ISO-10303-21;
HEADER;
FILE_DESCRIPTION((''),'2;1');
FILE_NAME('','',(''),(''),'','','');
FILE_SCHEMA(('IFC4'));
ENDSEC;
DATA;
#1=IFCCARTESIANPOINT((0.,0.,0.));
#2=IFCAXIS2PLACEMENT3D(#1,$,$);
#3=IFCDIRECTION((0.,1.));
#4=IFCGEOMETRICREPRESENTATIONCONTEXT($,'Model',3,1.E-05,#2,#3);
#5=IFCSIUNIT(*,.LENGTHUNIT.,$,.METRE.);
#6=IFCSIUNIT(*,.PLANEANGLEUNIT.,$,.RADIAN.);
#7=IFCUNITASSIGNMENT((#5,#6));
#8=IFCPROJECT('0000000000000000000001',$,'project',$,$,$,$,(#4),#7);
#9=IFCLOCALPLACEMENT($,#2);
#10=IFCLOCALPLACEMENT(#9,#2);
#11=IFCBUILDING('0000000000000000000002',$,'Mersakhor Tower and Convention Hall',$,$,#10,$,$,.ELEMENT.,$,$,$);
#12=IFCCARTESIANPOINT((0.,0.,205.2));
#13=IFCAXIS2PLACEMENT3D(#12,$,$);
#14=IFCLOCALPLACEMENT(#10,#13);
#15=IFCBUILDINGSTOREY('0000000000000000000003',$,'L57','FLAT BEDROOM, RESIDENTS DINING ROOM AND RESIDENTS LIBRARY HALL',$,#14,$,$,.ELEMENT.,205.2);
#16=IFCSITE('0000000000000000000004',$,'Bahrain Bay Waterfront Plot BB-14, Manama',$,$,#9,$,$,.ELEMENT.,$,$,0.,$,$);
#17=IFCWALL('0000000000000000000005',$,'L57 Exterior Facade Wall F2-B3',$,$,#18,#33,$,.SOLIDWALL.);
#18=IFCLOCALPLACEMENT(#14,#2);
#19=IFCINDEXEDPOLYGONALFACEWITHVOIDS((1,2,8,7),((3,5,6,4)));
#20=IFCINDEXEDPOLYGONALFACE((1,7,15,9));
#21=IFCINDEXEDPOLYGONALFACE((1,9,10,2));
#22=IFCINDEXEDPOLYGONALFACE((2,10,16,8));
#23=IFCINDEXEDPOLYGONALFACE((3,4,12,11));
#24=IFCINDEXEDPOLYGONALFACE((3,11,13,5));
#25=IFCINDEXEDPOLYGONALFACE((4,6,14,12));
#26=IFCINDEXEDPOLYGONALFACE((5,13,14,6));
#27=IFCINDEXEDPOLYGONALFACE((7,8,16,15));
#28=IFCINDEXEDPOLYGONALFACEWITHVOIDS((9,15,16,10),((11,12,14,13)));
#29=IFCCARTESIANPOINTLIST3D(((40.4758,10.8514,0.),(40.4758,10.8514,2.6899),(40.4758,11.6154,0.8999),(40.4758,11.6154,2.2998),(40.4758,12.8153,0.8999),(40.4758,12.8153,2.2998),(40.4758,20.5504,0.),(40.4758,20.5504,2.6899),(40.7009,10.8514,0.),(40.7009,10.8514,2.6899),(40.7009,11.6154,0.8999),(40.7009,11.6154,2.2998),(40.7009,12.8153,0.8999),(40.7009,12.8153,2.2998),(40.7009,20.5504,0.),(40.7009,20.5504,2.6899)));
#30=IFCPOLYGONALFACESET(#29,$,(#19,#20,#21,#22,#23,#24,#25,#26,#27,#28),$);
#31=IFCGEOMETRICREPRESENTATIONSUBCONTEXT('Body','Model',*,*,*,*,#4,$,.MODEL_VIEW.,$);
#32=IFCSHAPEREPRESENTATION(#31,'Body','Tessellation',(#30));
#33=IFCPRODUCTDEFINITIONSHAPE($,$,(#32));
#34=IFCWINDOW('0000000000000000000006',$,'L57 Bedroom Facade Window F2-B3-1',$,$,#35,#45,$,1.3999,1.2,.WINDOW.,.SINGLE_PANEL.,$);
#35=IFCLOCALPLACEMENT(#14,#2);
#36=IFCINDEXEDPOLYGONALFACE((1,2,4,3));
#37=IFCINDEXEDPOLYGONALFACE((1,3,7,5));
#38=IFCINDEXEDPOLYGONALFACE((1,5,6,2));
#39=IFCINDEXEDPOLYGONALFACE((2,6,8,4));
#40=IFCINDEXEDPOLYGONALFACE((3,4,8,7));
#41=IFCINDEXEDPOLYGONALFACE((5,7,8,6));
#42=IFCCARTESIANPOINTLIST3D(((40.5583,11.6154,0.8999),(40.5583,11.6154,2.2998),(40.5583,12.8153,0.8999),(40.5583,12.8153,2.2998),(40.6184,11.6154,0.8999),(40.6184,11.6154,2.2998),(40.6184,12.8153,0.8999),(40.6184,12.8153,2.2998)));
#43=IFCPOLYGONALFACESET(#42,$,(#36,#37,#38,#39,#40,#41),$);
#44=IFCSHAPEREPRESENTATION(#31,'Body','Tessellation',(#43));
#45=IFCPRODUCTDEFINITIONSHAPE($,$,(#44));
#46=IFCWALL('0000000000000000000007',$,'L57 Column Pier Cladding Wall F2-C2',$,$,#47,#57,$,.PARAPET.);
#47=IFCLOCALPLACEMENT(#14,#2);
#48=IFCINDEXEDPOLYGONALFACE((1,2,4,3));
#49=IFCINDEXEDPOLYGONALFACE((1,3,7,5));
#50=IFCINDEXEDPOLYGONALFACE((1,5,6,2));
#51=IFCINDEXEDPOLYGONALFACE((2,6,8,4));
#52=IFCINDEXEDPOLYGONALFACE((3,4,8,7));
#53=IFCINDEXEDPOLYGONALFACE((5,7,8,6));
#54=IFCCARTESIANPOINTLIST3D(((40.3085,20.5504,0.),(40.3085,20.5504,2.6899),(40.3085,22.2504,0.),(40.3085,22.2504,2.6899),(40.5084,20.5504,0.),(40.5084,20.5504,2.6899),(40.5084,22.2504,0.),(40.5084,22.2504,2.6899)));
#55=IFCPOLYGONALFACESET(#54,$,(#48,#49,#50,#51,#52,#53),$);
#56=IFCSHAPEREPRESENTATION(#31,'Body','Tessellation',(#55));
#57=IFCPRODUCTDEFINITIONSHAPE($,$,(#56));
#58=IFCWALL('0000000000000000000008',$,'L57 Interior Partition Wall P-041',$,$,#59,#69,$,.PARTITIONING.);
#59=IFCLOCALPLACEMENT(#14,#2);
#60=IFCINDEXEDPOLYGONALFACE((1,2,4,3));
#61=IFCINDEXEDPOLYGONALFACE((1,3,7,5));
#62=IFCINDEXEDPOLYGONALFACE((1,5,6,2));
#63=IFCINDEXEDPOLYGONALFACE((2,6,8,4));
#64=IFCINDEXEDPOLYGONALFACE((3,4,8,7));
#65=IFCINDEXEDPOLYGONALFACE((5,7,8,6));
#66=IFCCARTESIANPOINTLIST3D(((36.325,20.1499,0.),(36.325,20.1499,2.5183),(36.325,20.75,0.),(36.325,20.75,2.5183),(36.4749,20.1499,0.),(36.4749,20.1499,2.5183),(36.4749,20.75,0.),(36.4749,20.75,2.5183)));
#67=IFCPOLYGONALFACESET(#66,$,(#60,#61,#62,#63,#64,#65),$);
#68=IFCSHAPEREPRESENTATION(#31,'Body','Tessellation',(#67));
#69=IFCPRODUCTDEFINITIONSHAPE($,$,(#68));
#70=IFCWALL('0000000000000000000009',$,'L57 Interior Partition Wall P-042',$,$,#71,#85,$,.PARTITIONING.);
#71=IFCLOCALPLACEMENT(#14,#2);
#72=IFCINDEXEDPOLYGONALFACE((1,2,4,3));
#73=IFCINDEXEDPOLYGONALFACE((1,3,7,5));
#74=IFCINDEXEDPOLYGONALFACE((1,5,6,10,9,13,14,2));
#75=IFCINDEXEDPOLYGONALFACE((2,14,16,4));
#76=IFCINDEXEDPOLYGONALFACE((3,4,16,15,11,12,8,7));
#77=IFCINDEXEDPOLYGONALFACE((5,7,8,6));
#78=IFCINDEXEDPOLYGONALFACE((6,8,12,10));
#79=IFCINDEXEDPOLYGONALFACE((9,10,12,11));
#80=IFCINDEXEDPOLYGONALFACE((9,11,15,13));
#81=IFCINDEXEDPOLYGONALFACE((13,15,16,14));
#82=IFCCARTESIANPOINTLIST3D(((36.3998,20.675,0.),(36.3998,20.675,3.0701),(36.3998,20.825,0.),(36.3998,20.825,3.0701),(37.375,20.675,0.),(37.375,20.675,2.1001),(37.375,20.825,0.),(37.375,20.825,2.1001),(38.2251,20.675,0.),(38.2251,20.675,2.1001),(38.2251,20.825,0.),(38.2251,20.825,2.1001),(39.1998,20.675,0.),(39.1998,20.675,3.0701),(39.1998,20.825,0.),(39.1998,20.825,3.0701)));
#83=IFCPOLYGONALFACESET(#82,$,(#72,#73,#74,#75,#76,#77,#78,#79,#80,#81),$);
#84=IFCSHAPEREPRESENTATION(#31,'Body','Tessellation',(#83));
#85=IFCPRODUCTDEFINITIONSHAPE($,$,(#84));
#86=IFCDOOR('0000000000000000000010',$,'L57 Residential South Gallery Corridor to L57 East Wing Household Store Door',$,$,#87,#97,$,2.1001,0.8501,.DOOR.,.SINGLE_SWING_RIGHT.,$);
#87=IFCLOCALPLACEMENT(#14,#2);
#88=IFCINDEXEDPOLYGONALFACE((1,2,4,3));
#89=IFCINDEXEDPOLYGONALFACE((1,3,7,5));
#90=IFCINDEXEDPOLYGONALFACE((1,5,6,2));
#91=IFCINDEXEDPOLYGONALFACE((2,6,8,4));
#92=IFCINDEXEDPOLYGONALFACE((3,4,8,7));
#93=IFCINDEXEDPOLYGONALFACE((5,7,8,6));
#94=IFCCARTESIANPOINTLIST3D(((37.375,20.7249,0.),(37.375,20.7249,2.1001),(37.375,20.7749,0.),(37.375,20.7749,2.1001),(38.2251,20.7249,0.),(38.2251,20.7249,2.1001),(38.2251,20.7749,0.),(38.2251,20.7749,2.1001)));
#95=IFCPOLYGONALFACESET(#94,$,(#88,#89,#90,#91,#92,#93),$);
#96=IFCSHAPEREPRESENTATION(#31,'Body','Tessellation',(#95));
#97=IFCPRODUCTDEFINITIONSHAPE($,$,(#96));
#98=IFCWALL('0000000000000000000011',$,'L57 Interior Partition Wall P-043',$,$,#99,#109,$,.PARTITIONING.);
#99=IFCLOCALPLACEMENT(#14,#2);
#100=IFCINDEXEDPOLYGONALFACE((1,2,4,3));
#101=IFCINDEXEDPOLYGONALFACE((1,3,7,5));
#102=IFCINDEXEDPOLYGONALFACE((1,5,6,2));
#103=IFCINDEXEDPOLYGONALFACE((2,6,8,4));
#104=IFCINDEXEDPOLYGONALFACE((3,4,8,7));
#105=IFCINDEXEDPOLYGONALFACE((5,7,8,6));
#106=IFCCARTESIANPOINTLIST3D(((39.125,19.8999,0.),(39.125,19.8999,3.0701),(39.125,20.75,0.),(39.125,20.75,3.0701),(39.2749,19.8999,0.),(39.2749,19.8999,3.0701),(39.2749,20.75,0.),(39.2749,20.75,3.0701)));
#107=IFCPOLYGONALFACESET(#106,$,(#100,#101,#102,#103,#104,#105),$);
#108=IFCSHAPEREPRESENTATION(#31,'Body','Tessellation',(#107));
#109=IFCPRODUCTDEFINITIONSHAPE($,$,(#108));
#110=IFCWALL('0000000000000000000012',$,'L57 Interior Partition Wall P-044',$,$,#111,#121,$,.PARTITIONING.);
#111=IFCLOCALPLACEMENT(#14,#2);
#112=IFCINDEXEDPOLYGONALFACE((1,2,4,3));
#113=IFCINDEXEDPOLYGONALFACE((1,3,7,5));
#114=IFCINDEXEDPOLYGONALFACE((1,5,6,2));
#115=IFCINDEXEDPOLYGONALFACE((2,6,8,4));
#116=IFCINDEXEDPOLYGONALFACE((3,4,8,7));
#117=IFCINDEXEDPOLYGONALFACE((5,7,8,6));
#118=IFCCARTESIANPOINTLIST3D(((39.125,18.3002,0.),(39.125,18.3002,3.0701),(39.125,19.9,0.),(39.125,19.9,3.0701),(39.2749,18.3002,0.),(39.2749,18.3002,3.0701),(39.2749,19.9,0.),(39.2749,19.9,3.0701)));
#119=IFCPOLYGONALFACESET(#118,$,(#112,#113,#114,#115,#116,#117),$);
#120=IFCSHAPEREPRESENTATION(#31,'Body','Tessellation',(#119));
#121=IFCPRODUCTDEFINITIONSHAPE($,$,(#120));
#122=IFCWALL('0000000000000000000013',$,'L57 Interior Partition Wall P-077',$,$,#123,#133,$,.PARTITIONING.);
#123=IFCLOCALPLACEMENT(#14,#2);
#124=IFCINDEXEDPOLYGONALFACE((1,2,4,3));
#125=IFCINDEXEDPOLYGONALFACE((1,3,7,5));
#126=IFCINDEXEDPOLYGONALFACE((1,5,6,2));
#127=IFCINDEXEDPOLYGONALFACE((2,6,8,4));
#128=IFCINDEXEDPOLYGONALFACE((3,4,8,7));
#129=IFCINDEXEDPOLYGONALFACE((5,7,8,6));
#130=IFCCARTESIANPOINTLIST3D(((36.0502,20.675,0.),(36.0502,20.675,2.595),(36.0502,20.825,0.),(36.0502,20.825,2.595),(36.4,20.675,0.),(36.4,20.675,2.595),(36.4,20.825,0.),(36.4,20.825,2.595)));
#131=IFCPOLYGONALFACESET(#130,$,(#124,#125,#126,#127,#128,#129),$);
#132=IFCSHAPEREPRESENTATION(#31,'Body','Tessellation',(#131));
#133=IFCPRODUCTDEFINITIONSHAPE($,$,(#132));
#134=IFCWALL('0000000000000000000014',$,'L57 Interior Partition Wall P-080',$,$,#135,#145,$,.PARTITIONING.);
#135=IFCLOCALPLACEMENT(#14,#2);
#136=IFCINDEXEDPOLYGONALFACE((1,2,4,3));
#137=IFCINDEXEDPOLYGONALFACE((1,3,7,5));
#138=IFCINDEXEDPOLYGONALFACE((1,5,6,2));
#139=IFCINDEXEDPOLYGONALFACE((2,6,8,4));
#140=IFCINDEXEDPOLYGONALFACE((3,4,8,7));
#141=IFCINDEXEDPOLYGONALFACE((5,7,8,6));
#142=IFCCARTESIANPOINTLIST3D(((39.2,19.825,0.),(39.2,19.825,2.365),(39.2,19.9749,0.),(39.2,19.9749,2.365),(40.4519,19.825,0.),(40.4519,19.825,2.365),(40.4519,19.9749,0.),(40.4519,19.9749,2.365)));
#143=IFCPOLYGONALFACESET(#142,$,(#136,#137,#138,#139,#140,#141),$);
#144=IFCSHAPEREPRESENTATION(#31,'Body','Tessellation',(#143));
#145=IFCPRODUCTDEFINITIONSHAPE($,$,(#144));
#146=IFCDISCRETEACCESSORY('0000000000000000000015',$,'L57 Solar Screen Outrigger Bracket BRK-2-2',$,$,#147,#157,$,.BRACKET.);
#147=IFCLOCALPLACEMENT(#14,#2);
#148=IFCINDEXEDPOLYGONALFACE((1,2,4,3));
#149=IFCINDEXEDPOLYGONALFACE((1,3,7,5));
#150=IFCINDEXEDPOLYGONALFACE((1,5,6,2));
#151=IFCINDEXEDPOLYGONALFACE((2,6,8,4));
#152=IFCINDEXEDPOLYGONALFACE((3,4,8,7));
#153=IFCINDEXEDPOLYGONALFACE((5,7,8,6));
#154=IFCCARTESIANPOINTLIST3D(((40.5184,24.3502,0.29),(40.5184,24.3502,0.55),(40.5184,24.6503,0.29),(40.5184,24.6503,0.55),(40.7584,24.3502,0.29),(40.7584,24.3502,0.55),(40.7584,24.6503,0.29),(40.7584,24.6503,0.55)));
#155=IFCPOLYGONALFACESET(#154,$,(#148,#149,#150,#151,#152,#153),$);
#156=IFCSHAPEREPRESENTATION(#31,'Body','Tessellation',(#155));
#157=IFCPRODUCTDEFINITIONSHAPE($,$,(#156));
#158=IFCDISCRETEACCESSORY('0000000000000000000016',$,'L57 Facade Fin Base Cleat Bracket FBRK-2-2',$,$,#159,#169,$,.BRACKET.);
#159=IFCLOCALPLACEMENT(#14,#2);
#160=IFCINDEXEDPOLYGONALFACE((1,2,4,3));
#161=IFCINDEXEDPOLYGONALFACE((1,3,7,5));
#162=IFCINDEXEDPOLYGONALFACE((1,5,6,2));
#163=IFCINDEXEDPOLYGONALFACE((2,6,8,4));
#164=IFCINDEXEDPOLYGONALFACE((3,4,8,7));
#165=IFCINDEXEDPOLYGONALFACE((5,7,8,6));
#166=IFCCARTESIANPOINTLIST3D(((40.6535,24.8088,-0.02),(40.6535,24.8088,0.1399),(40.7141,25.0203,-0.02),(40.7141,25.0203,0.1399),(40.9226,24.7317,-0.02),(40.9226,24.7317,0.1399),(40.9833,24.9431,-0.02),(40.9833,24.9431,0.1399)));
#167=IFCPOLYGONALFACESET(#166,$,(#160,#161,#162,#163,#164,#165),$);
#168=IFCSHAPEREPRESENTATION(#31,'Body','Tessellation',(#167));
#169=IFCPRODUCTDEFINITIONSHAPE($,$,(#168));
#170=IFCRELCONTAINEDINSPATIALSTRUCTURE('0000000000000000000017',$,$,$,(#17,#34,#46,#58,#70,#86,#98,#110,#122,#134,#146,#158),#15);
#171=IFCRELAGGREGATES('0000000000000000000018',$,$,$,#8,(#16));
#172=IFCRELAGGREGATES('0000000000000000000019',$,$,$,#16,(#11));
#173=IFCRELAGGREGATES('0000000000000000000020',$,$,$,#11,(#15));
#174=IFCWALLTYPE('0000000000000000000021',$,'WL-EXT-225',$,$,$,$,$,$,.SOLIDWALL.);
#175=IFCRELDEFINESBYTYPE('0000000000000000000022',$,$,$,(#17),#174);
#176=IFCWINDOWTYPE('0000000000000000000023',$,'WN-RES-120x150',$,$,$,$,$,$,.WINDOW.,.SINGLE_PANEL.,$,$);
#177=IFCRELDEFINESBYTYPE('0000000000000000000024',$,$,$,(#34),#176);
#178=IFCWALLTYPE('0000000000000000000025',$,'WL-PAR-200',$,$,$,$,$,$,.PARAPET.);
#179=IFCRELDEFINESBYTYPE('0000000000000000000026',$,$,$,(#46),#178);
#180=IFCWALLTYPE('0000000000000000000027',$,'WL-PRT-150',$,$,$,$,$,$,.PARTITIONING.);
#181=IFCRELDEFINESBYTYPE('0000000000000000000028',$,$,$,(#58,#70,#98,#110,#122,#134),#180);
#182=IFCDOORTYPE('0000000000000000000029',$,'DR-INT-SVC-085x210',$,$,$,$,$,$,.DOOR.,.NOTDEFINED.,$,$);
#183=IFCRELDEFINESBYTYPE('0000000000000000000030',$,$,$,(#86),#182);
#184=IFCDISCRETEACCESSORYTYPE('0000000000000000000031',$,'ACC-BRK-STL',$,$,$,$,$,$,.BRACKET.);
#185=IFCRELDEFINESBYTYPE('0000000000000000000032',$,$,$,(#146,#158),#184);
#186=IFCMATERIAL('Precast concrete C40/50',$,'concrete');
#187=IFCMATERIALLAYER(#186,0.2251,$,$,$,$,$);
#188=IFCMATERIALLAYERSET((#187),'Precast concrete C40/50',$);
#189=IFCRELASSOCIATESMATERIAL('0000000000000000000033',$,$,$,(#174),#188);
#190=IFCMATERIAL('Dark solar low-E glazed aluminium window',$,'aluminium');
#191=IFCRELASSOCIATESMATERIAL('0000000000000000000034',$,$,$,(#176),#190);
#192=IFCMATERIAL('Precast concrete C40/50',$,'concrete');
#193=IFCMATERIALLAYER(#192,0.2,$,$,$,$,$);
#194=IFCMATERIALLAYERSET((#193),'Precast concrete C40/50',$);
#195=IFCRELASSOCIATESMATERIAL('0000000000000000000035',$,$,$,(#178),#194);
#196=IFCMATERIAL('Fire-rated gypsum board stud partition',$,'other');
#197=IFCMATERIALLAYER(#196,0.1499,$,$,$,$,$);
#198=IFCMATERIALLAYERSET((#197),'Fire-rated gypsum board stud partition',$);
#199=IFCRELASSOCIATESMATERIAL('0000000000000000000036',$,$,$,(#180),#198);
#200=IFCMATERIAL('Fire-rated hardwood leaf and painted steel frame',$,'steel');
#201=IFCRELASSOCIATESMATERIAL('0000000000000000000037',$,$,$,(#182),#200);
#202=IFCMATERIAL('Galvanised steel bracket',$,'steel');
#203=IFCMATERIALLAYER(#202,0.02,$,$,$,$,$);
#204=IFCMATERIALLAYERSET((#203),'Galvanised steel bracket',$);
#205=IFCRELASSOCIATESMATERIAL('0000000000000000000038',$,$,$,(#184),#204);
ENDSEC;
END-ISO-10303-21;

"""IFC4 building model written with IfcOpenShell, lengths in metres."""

from ifc_helpers import new_model, si_unit, direction, frame, frame_2d, origin, origin_2d, place, context, subcontext, project, spatial, rectangle, extrude, material, layer, layer_set, type_object, element, fill, save


model = new_model("IFC4")

# Units and contexts
model_context = context("Model", 3, precision=1e-05, world=origin(), true_north=direction((0.0, 1.0)))
body_context = subcontext(model_context, "Body", "Model", "MODEL_VIEW")
ifc_project = project(units=[si_unit("LENGTHUNIT", "METRE"), si_unit("PLANEANGLEUNIT", "RADIAN")], contexts=[model_context])

# Site, building, storey
site_placement = place(None, origin())
site = spatial("IfcSite", under=ifc_project, at=site_placement, Name="Bahrain Bay Waterfront Plot BB-14, Manama", CompositionType="ELEMENT", RefElevation=0.0)
building_placement = place(site_placement, origin())
building = spatial("IfcBuilding", under=site, at=building_placement, Name="Mersakhor Tower and Convention Hall", CompositionType="ELEMENT")
storey_placement = place(building_placement, frame((0.0, 0.0, 205.2)))
storey = spatial("IfcBuildingStorey", under=building, at=storey_placement, Name="L57", Description="FLAT BEDROOM, RESIDENTS DINING ROOM AND RESIDENTS LIBRARY HALL", CompositionType="ELEMENT", Elevation=205.2)

# Wall, opening, window
ifc_material_1 = material(Name="Precast concrete C40/50", Category="concrete")
ifc_layer_1 = layer(ifc_material_1, 0.2251)
ifc_layer_set_1 = layer_set([ifc_layer_1], Name="Precast concrete C40/50")
wall_type_1 = type_object("IfcWallType", Name="WL-EXT-225", PredefinedType="SOLIDWALL", material=ifc_layer_set_1)
wall_1_placement = place(storey_placement, frame((40.5884, 20.5505, 0.0), z_axis=(0.0, 0.0, 1.0), x_axis=(0.0, -1.0, 0.0)))
wall_1 = element("IfcWall", 1, at=wall_1_placement, inside=storey, type_object=wall_type_1, Name="L57 Exterior Facade Wall F2-B3", PredefinedType="SOLIDWALL", context=body_context, shape_type="SweptSolid", body=[
    extrude(rectangle(XDim=9.699, YDim=0.2251, at=frame_2d((4.8496, 0.0))), origin(), (0.0, 0.0, 1.0), 2.6899),
])
opening_1_placement = place(wall_1_placement, frame((7.7351, 0.0, 0.8999)))
opening_1 = element("IfcOpeningElement", 2, at=opening_1_placement, cuts=wall_1, PredefinedType="OPENING", context=body_context, shape_type="SweptSolid", body=[
    extrude(rectangle(XDim=1.2, YDim=1.3999, at=frame_2d((0.6001, 0.7))), frame((0.0, 0.1226, 0.0), z_axis=(0.0, -1.0, 0.0), x_axis=(1.0, 0.0, 0.0)), (0.0, 0.0, 1.0), 0.2451),
])
ifc_material_2 = material(Name="Dark solar low-E glazed aluminium window", Category="aluminium")
window_type = type_object("IfcWindowType", Name="WN-RES-120x150", PartitioningType="SINGLE_PANEL", PredefinedType="WINDOW", material=ifc_material_2)
window_placement = place(opening_1_placement, origin())
window = element("IfcWindow", 3, at=window_placement, inside=storey, type_object=window_type, Name="L57 Bedroom Facade Window F2-B3-1", OverallHeight=1.3999, OverallWidth=1.2, PartitioningType="SINGLE_PANEL", PredefinedType="WINDOW", context=body_context, shape_type="SweptSolid", body=[
    extrude(rectangle(XDim=1.2, YDim=1.3999, at=frame_2d((0.6001, 0.7))), frame((0.0, 0.03, 0.0), z_axis=(0.0, -1.0, 0.0), x_axis=(1.0, 0.0, 0.0)), (0.0, 0.0, 1.0), 0.0601),
])
fill(opening_1, window)

# Walls
ifc_material_3 = material(Name="Precast concrete C40/50", Category="concrete")
ifc_layer_2 = layer(ifc_material_3, 0.2)
ifc_layer_set_2 = layer_set([ifc_layer_2], Name="Precast concrete C40/50")
wall_type_2 = type_object("IfcWallType", Name="WL-PAR-200", PredefinedType="PARAPET", material=ifc_layer_set_2)
wall_2_placement = place(storey_placement, frame((40.4084, 22.2505, 0.0), z_axis=(0.0, 0.0, 1.0), x_axis=(0.0, -1.0, 0.0)))
element("IfcWall", 4, at=wall_2_placement, inside=storey, type_object=wall_type_2, Name="L57 Column Pier Cladding Wall F2-C2", PredefinedType="PARAPET", context=body_context, shape_type="SweptSolid", body=[
    extrude(rectangle(XDim=1.7, YDim=0.2, at=frame_2d((0.8501, 0.0))), origin(), (0.0, 0.0, 1.0), 2.6899),
])
ifc_material_4 = material(Name="Fire-rated gypsum board stud partition", Category="other")
ifc_layer_3 = layer(ifc_material_4, 0.1499)
ifc_layer_set_3 = layer_set([ifc_layer_3], Name="Fire-rated gypsum board stud partition")
wall_type_3 = type_object("IfcWallType", Name="WL-PRT-150", PredefinedType="PARTITIONING", material=ifc_layer_set_3)
wall_3_placement = place(storey_placement, frame((36.3999, 20.1499, 0.0), z_axis=(0.0, 0.0, 1.0), x_axis=(0.0, 1.0, 0.0)))
element("IfcWall", 5, at=wall_3_placement, inside=storey, type_object=wall_type_3, Name="L57 Interior Partition Wall P-041", PredefinedType="PARTITIONING", context=body_context, shape_type="SweptSolid", body=[
    extrude(rectangle(XDim=0.6001, YDim=0.1499, at=frame_2d((0.3, 0.0))), origin(), (0.0, 0.0, 1.0), 2.5183),
])

# Wall, opening, door
wall_4_placement = place(storey_placement, frame((36.3999, 20.75, 0.0), z_axis=(0.0, 0.0, 1.0), x_axis=(1.0, 0.0, 0.0)))
wall_4 = element("IfcWall", 6, at=wall_4_placement, inside=storey, type_object=wall_type_3, Name="L57 Interior Partition Wall P-042", PredefinedType="PARTITIONING", context=body_context, shape_type="SweptSolid", body=[
    extrude(rectangle(XDim=2.8, YDim=0.1499, at=frame_2d((1.3999, 0.0))), origin(), (0.0, 0.0, 1.0), 3.0701),
])
opening_2_placement = place(wall_4_placement, frame((0.9751, 0.0, 0.0)))
opening_2 = element("IfcOpeningElement", 7, at=opening_2_placement, cuts=wall_4, PredefinedType="OPENING", context=body_context, shape_type="SweptSolid", body=[
    extrude(rectangle(XDim=0.8501, YDim=2.1001, at=frame_2d((0.425, 1.05))), frame((0.0, 0.085, 0.0), z_axis=(0.0, -1.0, 0.0), x_axis=(1.0, 0.0, 0.0)), (0.0, 0.0, 1.0), 0.1699),
])
ifc_material_5 = material(Name="Fire-rated hardwood leaf and painted steel frame", Category="steel")
door_type = type_object("IfcDoorType", Name="DR-INT-SVC-085x210", OperationType="NOTDEFINED", PredefinedType="DOOR", material=ifc_material_5)
door_placement = place(opening_2_placement, origin())
door = element("IfcDoor", 8, at=door_placement, inside=storey, type_object=door_type, Name="L57 Residential South Gallery Corridor to L57 East Wing Household Store Door", OperationType="SINGLE_SWING_RIGHT", OverallHeight=2.1001, OverallWidth=0.8501, PredefinedType="DOOR", context=body_context, shape_type="SweptSolid", body=[
    extrude(rectangle(XDim=0.8501, YDim=2.1001, at=frame_2d((0.425, 1.05))), frame((0.0, 0.0249, 0.0), z_axis=(0.0, -1.0, 0.0), x_axis=(1.0, 0.0, 0.0)), (0.0, 0.0, 1.0), 0.05),
])
fill(opening_2, door)

# Walls
wall_5_placement = place(storey_placement, frame((39.2, 20.75, 0.0), z_axis=(0.0, 0.0, 1.0), x_axis=(0.0, -1.0, 0.0)))
element("IfcWall", 9, at=wall_5_placement, inside=storey, type_object=wall_type_3, Name="L57 Interior Partition Wall P-043", PredefinedType="PARTITIONING", context=body_context, shape_type="SweptSolid", body=[
    extrude(rectangle(XDim=0.8501, YDim=0.1499, at=frame_2d((0.425, 0.0))), origin(), (0.0, 0.0, 1.0), 3.0701),
])
wall_6_placement = place(storey_placement, frame((39.2, 19.8999, 0.0), z_axis=(0.0, 0.0, 1.0), x_axis=(0.0, -1.0, 0.0)))
element("IfcWall", 10, at=wall_6_placement, inside=storey, type_object=wall_type_3, Name="L57 Interior Partition Wall P-044", PredefinedType="PARTITIONING", context=body_context, shape_type="SweptSolid", body=[
    extrude(rectangle(XDim=1.5999, YDim=0.1499, at=frame_2d((0.7998, 0.0))), origin(), (0.0, 0.0, 1.0), 3.0701),
])
wall_7_placement = place(storey_placement, frame((36.3999, 20.75, 0.0), z_axis=(0.0, 0.0, 1.0), x_axis=(-1.0, 0.0, 0.0)))
element("IfcWall", 11, at=wall_7_placement, inside=storey, type_object=wall_type_3, Name="L57 Interior Partition Wall P-077", PredefinedType="PARTITIONING", context=body_context, shape_type="SweptSolid", body=[
    extrude(rectangle(XDim=0.3499, YDim=0.1499, at=frame_2d((0.1748, 0.0))), origin(), (0.0, 0.0, 1.0), 2.595),
])
wall_8_placement = place(storey_placement, frame((40.4519, 19.8999, 0.0), z_axis=(0.0, 0.0, 1.0), x_axis=(-1.0, 0.0, 0.0)))
element("IfcWall", 12, at=wall_8_placement, inside=storey, type_object=wall_type_3, Name="L57 Interior Partition Wall P-080", PredefinedType="PARTITIONING", context=body_context, shape_type="SweptSolid", body=[
    extrude(rectangle(XDim=1.252, YDim=0.1499, at=frame_2d((0.626, 0.0))), origin(), (0.0, 0.0, 1.0), 2.365),
])

# Discrete accessories
ifc_material_6 = material(Name="Galvanised steel bracket", Category="steel")
ifc_layer_4 = layer(ifc_material_6, 0.02)
ifc_layer_set_4 = layer_set([ifc_layer_4], Name="Galvanised steel bracket")
discrete_accessory_type = type_object("IfcDiscreteAccessoryType", Name="ACC-BRK-STL", PredefinedType="BRACKET", material=ifc_layer_set_4)
discrete_accessory_1_placement = place(storey_placement, frame((40.6384, 24.5002, 0.29), z_axis=(0.0, 0.0, 1.0), x_axis=(0.0, -1.0, 0.0)))
element("IfcDiscreteAccessory", 13, at=discrete_accessory_1_placement, inside=storey, type_object=discrete_accessory_type, Name="L57 Solar Screen Outrigger Bracket BRK-2-2", PredefinedType="BRACKET", context=body_context, shape_type="SweptSolid", body=[
    extrude(rectangle(XDim=0.3, YDim=0.24, at=origin_2d()), origin(), (0.0, 0.0, 1.0), 0.26),
])
discrete_accessory_2_placement = place(storey_placement, frame((40.8184, 24.876, -0.02), z_axis=(0.0, 0.0, 1.0), x_axis=(0.961262, -0.275637, 0.0)))
element("IfcDiscreteAccessory", 14, at=discrete_accessory_2_placement, inside=storey, type_object=discrete_accessory_type, Name="L57 Facade Fin Base Cleat Bracket FBRK-2-2", PredefinedType="BRACKET", context=body_context, shape_type="SweptSolid", body=[
    extrude(rectangle(XDim=0.28, YDim=0.22, at=origin_2d()), origin(), (0.0, 0.0, 1.0), 0.1599),
])

save(model, "model.ifc")
